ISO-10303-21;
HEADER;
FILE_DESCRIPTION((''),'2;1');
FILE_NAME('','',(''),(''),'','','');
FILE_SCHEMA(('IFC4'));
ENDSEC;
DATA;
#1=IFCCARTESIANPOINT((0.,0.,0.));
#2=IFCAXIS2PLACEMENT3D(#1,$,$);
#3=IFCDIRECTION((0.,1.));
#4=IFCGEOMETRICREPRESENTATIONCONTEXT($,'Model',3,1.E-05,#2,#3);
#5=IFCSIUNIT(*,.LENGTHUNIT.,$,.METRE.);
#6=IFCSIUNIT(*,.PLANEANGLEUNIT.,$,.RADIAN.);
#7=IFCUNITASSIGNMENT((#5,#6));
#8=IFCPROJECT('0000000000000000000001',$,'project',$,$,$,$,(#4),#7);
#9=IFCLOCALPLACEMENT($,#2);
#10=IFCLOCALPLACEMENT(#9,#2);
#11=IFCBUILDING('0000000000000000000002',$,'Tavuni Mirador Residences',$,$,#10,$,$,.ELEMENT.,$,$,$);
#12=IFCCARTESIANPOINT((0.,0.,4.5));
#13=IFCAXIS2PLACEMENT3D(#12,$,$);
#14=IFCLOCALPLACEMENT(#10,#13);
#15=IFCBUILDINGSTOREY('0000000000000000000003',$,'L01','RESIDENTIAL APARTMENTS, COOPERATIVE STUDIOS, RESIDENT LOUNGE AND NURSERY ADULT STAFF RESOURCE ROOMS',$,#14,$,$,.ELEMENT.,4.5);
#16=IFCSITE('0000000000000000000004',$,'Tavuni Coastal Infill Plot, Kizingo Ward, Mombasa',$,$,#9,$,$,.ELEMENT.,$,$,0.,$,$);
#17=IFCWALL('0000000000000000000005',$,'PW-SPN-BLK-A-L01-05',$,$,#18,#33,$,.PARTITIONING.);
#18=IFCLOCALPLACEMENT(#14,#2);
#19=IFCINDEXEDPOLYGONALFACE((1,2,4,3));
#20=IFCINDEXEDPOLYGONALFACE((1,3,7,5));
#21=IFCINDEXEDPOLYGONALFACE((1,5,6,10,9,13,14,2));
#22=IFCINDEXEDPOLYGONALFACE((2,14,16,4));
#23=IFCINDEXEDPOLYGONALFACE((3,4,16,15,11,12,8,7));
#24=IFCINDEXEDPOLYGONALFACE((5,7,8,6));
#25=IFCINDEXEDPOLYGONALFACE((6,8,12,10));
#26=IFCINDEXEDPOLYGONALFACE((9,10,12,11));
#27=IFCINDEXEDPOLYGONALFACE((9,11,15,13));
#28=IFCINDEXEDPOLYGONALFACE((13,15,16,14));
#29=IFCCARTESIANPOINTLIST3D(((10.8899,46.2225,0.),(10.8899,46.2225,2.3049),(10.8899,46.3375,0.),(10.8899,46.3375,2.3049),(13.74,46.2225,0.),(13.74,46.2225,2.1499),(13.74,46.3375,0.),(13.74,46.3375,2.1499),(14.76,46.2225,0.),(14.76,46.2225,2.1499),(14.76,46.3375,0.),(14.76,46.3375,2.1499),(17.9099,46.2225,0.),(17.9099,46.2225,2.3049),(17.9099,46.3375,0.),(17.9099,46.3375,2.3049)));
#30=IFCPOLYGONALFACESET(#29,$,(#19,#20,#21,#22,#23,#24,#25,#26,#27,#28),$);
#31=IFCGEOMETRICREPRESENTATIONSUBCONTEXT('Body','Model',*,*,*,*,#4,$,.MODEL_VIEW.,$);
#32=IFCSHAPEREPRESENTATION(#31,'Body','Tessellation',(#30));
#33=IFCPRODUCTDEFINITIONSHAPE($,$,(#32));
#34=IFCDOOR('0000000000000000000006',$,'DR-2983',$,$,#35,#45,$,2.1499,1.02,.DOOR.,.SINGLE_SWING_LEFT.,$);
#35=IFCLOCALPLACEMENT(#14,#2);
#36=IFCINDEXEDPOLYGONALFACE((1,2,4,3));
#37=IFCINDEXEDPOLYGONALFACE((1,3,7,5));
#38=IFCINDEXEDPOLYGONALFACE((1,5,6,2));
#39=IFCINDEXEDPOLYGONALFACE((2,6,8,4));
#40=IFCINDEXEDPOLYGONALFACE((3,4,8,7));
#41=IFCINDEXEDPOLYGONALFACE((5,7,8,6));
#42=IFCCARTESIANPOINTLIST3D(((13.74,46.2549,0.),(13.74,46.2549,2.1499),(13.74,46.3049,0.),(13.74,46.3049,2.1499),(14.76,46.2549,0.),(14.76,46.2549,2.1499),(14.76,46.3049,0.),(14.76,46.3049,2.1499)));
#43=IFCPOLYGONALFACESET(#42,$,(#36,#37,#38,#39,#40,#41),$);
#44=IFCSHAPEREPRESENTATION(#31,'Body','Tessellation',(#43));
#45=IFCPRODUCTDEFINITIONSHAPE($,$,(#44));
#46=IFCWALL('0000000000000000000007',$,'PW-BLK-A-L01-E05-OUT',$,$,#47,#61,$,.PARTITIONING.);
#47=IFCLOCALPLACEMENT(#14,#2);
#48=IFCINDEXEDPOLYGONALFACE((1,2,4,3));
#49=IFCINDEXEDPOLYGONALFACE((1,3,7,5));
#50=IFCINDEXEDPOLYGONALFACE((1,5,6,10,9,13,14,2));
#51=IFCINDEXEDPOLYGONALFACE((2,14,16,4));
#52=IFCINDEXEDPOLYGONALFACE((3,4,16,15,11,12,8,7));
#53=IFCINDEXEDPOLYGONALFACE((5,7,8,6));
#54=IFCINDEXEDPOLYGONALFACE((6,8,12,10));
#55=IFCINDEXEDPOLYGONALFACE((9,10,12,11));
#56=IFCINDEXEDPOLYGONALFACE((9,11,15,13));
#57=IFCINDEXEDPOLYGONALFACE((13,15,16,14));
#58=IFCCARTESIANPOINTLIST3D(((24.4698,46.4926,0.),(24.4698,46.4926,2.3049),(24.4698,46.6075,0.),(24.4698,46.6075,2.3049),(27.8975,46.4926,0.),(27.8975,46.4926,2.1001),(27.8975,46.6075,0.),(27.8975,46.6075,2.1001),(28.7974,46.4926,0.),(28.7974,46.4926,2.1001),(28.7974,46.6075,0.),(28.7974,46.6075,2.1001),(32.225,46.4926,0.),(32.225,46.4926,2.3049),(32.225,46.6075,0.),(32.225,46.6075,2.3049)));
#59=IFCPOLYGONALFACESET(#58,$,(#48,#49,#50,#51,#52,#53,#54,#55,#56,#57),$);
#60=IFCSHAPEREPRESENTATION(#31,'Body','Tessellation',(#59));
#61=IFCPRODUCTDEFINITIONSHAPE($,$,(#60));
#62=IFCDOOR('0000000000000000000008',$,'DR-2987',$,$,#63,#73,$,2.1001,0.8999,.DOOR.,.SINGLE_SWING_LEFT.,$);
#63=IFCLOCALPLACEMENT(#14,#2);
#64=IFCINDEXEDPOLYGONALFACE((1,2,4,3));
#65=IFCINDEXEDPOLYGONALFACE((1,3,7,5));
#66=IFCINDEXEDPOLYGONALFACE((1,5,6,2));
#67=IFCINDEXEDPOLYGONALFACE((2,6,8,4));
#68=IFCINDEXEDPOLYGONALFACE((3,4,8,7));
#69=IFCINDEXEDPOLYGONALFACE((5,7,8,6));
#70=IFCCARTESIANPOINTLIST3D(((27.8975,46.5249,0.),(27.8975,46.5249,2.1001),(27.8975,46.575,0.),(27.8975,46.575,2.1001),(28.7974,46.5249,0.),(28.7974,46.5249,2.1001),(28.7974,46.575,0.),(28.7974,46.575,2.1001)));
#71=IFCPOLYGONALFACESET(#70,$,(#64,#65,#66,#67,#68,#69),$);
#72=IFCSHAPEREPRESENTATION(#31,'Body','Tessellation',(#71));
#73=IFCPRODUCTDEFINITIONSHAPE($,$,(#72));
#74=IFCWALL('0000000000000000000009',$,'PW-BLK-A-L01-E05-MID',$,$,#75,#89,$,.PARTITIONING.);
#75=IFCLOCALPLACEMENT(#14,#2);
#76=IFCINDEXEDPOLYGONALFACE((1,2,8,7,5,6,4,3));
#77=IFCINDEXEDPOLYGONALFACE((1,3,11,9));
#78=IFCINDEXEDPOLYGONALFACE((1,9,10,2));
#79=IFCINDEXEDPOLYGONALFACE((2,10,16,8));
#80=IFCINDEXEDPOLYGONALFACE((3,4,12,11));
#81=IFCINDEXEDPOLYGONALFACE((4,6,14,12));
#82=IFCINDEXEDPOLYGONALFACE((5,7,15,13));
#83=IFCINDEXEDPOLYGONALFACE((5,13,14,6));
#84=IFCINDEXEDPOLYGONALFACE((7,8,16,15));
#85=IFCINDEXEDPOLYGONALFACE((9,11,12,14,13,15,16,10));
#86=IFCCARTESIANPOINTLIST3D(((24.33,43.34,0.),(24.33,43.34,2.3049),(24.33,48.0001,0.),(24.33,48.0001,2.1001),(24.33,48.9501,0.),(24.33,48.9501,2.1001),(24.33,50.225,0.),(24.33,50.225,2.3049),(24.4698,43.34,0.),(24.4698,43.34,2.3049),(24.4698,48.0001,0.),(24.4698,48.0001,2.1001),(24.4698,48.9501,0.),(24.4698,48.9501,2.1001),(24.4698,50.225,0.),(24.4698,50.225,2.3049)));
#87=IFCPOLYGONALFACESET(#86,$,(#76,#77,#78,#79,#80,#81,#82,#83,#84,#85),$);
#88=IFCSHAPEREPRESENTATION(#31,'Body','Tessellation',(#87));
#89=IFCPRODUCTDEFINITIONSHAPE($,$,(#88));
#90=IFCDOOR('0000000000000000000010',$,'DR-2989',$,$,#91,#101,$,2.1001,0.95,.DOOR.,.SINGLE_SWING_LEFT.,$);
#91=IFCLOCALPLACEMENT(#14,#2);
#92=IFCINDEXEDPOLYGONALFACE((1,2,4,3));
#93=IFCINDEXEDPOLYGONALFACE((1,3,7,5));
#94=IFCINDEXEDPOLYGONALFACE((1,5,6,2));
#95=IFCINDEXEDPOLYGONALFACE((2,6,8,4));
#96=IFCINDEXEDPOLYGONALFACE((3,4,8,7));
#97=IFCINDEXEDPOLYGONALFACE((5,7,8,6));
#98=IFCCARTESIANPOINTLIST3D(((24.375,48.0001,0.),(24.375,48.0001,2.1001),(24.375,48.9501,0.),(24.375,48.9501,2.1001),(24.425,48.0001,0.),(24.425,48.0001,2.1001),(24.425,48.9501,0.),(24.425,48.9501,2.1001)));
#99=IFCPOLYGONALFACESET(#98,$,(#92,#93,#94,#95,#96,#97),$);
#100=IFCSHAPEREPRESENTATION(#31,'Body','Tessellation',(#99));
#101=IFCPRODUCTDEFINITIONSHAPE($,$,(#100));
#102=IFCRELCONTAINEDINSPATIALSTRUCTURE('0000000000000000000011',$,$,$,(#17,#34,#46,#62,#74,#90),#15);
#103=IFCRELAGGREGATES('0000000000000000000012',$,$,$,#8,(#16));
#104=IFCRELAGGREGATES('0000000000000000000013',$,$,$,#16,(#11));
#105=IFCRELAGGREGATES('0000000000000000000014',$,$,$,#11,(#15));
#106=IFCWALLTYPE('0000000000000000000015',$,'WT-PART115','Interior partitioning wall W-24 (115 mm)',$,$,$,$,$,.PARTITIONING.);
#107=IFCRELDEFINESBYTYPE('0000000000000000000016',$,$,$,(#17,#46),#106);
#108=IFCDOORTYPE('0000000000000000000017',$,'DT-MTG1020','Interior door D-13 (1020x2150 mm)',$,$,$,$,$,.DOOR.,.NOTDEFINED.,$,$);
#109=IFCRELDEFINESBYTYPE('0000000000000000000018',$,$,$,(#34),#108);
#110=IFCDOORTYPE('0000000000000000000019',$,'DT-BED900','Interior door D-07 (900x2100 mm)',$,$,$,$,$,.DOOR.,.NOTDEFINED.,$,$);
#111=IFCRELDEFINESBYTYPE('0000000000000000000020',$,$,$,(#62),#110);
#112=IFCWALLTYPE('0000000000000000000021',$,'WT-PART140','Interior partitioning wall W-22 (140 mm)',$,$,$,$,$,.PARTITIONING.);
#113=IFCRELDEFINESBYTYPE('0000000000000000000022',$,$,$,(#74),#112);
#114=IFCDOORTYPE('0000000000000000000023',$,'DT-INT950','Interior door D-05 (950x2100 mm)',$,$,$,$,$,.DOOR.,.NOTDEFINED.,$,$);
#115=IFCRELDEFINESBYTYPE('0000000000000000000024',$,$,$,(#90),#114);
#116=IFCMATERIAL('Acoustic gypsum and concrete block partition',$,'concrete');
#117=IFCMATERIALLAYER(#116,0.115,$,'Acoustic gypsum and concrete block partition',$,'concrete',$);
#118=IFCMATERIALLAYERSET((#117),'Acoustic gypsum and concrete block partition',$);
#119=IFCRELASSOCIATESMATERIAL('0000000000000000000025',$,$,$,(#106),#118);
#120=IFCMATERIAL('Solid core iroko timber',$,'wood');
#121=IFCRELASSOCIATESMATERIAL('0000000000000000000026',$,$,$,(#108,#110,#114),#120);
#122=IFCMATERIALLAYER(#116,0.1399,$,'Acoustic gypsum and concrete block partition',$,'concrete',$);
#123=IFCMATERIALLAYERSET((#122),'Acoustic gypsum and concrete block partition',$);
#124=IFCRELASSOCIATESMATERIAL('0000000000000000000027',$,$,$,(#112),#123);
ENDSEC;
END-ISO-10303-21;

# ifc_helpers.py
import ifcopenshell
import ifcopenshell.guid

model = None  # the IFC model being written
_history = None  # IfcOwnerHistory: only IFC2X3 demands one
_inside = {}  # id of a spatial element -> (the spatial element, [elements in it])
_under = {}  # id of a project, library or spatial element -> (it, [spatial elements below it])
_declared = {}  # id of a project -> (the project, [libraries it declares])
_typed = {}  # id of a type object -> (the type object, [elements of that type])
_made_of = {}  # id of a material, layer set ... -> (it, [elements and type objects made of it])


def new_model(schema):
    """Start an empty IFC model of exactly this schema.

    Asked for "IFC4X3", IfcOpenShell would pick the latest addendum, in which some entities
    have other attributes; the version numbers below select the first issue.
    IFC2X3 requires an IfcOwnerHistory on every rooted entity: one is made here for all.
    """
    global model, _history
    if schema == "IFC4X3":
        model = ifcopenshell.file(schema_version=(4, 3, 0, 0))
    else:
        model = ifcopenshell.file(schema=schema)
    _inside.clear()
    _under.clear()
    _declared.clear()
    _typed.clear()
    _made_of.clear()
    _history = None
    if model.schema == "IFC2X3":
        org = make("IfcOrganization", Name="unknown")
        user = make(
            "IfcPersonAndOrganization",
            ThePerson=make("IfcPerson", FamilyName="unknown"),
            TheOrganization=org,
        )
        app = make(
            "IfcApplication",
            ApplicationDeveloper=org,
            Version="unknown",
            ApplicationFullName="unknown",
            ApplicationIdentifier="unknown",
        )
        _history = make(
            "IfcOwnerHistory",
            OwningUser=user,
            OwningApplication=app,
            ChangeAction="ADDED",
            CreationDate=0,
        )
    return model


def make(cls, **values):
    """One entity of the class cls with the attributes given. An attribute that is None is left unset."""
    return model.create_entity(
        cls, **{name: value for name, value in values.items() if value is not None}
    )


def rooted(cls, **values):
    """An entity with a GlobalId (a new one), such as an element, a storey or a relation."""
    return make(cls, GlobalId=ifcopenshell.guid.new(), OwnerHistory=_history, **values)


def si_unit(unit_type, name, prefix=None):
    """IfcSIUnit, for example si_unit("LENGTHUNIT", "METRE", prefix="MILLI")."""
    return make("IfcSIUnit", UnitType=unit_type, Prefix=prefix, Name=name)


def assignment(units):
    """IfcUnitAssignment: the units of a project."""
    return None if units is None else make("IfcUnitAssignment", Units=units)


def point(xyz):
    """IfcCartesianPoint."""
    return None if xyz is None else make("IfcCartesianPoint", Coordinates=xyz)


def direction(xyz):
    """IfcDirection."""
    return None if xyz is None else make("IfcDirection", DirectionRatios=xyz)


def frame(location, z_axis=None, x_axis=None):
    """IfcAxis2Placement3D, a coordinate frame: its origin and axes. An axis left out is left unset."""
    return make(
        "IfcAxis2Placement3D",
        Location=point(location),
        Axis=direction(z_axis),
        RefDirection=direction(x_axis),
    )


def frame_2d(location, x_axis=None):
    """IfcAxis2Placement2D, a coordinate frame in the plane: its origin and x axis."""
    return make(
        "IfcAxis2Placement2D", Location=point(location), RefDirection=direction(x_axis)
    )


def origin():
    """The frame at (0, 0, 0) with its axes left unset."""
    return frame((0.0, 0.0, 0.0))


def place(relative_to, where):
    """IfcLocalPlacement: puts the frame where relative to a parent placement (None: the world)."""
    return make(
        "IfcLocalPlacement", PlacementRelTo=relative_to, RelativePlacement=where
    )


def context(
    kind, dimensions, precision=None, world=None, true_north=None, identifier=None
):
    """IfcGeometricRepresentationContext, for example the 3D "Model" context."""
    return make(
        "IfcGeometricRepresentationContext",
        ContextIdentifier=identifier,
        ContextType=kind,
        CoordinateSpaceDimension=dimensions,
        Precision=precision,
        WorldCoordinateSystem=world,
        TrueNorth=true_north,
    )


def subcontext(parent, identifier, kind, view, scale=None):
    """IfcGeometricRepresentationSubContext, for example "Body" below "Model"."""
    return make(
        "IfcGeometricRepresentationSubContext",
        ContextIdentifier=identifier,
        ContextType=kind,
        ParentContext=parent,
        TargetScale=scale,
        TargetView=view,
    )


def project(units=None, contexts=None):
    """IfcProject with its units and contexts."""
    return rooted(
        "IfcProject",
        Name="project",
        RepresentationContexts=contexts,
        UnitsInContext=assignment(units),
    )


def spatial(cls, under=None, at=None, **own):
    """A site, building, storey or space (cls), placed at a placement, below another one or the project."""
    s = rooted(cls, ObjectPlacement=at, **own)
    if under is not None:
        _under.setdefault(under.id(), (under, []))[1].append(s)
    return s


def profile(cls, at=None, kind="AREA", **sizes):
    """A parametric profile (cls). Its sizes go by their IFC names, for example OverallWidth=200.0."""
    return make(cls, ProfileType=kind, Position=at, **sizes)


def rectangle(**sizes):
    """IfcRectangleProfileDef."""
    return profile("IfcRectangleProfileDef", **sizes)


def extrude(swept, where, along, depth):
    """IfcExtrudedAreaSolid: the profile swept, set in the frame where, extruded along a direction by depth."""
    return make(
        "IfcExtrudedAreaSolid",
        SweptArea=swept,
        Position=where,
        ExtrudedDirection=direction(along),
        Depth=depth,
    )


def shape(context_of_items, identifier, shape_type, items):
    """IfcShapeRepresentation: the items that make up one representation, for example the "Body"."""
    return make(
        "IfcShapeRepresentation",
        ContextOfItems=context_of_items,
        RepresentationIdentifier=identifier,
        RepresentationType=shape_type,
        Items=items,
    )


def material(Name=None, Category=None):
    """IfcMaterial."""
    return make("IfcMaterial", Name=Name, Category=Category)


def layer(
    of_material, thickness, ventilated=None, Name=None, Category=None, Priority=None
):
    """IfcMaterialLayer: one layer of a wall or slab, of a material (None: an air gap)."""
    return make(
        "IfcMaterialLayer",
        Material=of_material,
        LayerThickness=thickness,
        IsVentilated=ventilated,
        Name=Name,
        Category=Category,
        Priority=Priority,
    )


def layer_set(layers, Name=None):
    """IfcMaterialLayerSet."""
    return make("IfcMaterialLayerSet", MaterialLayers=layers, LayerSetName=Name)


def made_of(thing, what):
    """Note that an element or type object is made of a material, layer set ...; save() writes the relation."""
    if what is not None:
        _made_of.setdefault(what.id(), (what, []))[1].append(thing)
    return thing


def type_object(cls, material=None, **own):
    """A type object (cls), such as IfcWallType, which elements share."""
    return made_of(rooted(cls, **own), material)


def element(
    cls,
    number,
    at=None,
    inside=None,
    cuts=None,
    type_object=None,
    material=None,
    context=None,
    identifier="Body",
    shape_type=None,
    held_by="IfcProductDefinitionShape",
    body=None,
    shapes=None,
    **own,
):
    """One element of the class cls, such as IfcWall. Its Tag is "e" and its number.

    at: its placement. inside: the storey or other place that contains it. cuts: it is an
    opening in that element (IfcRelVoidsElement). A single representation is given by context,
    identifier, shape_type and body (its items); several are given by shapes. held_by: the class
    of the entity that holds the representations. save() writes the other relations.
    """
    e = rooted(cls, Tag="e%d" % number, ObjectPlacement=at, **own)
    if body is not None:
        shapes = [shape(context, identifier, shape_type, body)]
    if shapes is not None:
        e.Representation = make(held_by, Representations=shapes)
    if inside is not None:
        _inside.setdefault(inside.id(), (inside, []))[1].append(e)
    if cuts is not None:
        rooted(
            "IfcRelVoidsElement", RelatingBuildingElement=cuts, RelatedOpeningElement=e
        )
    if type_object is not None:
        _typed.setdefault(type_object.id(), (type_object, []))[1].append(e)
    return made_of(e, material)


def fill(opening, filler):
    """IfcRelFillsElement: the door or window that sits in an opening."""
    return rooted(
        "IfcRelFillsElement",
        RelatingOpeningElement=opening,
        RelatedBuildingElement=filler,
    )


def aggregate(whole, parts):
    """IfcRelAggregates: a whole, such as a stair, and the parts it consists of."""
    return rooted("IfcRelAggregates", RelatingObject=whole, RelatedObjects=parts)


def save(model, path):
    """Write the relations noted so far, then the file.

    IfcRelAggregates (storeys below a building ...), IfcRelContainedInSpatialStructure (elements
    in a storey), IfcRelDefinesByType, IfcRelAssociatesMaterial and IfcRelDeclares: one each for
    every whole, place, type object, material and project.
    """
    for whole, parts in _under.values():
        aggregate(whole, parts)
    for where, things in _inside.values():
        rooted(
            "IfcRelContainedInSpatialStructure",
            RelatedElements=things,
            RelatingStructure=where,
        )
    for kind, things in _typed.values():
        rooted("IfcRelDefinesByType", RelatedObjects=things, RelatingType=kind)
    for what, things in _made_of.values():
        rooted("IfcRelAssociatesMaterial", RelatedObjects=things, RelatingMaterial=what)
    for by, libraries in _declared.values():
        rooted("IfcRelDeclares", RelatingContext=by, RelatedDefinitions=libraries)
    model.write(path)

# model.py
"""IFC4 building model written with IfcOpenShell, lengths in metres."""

from ifc_helpers import new_model, si_unit, direction, frame, frame_2d, origin, place, context, subcontext, project, spatial, rectangle, extrude, material, layer, layer_set, type_object, element, fill, save


model = new_model("IFC4")

# Units and contexts
model_context = context("Model", 3, precision=1e-05, world=origin(), true_north=direction((0.0, 1.0)))
body_context = subcontext(model_context, "Body", "Model", "MODEL_VIEW")
ifc_project = project(units=[si_unit("LENGTHUNIT", "METRE"), si_unit("PLANEANGLEUNIT", "RADIAN")], contexts=[model_context])

# Site, building, storey
site_placement = place(None, origin())
site = spatial("IfcSite", under=ifc_project, at=site_placement, Name="Tavuni Coastal Infill Plot, Kizingo Ward, Mombasa", CompositionType="ELEMENT", RefElevation=0.0)
building_placement = place(site_placement, origin())
building = spatial("IfcBuilding", under=site, at=building_placement, Name="Tavuni Mirador Residences", CompositionType="ELEMENT")
storey_placement = place(building_placement, frame((0.0, 0.0, 4.5)))
storey = spatial("IfcBuildingStorey", under=building, at=storey_placement, Name="L01", Description="RESIDENTIAL APARTMENTS, COOPERATIVE STUDIOS, RESIDENT LOUNGE AND NURSERY ADULT STAFF RESOURCE ROOMS", CompositionType="ELEMENT", Elevation=4.5)

# Shared definitions
ifc_material_1 = material(Name="Solid core iroko timber", Category="wood")

# Walls, openings, doors
ifc_material_2 = material(Name="Acoustic gypsum and concrete block partition", Category="concrete")
ifc_layer_1 = layer(ifc_material_2, 0.115, Name="Acoustic gypsum and concrete block partition", Category="concrete")
ifc_layer_set_1 = layer_set([ifc_layer_1], Name="Acoustic gypsum and concrete block partition")
wall_type_1 = type_object("IfcWallType", Name="WT-PART115", Description="Interior partitioning wall W-24 (115 mm)", PredefinedType="PARTITIONING", material=ifc_layer_set_1)
wall_1_placement = place(storey_placement, frame((10.8899, 46.28, 0.0), z_axis=(0.0, 0.0, 1.0), x_axis=(1.0, 0.0, 0.0)))
wall_1 = element("IfcWall", 1, at=wall_1_placement, inside=storey, type_object=wall_type_1, Name="PW-SPN-BLK-A-L01-05", PredefinedType="PARTITIONING", context=body_context, shape_type="SweptSolid", body=[
    extrude(rectangle(XDim=7.02, YDim=0.115, at=frame_2d((3.51, 0.0))), origin(), (0.0, 0.0, 1.0), 2.3049),
])
opening_1_placement = place(wall_1_placement, frame((2.8501, 0.0, 0.0)))
opening_1 = element("IfcOpeningElement", 2, at=opening_1_placement, cuts=wall_1, PredefinedType="OPENING", context=body_context, shape_type="SweptSolid", body=[
    extrude(rectangle(XDim=1.02, YDim=2.1499, at=frame_2d((0.51, 1.075))), frame((0.0, 0.0674, 0.0), z_axis=(0.0, -1.0, 0.0), x_axis=(1.0, 0.0, 0.0)), (0.0, 0.0, 1.0), 0.135),
])
door_type_1 = type_object("IfcDoorType", Name="DT-MTG1020", Description="Interior door D-13 (1020x2150 mm)", OperationType="NOTDEFINED", PredefinedType="DOOR", material=ifc_material_1)
door_1_placement = place(opening_1_placement, origin())
door_1 = element("IfcDoor", 3, at=door_1_placement, inside=storey, type_object=door_type_1, Name="DR-2983", OperationType="SINGLE_SWING_LEFT", OverallHeight=2.1499, OverallWidth=1.02, PredefinedType="DOOR", context=body_context, shape_type="SweptSolid", body=[
    extrude(rectangle(XDim=1.02, YDim=2.1499, at=frame_2d((0.51, 1.075))), frame((0.0, 0.0249, 0.0), z_axis=(0.0, -1.0, 0.0), x_axis=(1.0, 0.0, 0.0)), (0.0, 0.0, 1.0), 0.05),
])
fill(opening_1, door_1)
wall_2_placement = place(storey_placement, frame((24.47, 46.55, 0.0), z_axis=(0.0, 0.0, 1.0), x_axis=(1.0, 0.0, 0.0)))
wall_2 = element("IfcWall", 4, at=wall_2_placement, inside=storey, type_object=wall_type_1, Name="PW-BLK-A-L01-E05-OUT", PredefinedType="PARTITIONING", context=body_context, shape_type="SweptSolid", body=[
    extrude(rectangle(XDim=7.7551, YDim=0.115, at=frame_2d((3.8774, 0.0))), origin(), (0.0, 0.0, 1.0), 2.3049),
])
opening_2_placement = place(wall_2_placement, frame((3.4275, 0.0, 0.0)))
opening_2 = element("IfcOpeningElement", 5, at=opening_2_placement, cuts=wall_2, PredefinedType="OPENING", context=body_context, shape_type="SweptSolid", body=[
    extrude(rectangle(XDim=0.8999, YDim=2.1001, at=frame_2d((0.45, 1.05))), frame((0.0, 0.0674, 0.0), z_axis=(0.0, -1.0, 0.0), x_axis=(1.0, 0.0, 0.0)), (0.0, 0.0, 1.0), 0.135),
])
door_type_2 = type_object("IfcDoorType", Name="DT-BED900", Description="Interior door D-07 (900x2100 mm)", OperationType="NOTDEFINED", PredefinedType="DOOR", material=ifc_material_1)
door_2_placement = place(opening_2_placement, origin())
door_2 = element("IfcDoor", 6, at=door_2_placement, inside=storey, type_object=door_type_2, Name="DR-2987", OperationType="SINGLE_SWING_LEFT", OverallHeight=2.1001, OverallWidth=0.8999, PredefinedType="DOOR", context=body_context, shape_type="SweptSolid", body=[
    extrude(rectangle(XDim=0.8999, YDim=2.1001, at=frame_2d((0.45, 1.05))), frame((0.0, 0.0249, 0.0), z_axis=(0.0, -1.0, 0.0), x_axis=(1.0, 0.0, 0.0)), (0.0, 0.0, 1.0), 0.05),
])
fill(opening_2, door_2)
ifc_layer_2 = layer(ifc_material_2, 0.1399, Name="Acoustic gypsum and concrete block partition", Category="concrete")
ifc_layer_set_2 = layer_set([ifc_layer_2], Name="Acoustic gypsum and concrete block partition")
wall_type_2 = type_object("IfcWallType", Name="WT-PART140", Description="Interior partitioning wall W-22 (140 mm)", PredefinedType="PARTITIONING", material=ifc_layer_set_2)
wall_3_placement = place(storey_placement, frame((24.3999, 43.3401, 0.0), z_axis=(0.0, 0.0, 1.0), x_axis=(0.0, 1.0, 0.0)))
wall_3 = element("IfcWall", 7, at=wall_3_placement, inside=storey, type_object=wall_type_2, Name="PW-BLK-A-L01-E05-MID", PredefinedType="PARTITIONING", context=body_context, shape_type="SweptSolid", body=[
    extrude(rectangle(XDim=6.885, YDim=0.1399, at=frame_2d((3.4424, 0.0))), origin(), (0.0, 0.0, 1.0), 2.3049),
])
opening_3_placement = place(wall_3_placement, frame((4.6599, 0.0, 0.0)))
opening_3 = element("IfcOpeningElement", 8, at=opening_3_placement, cuts=wall_3, PredefinedType="OPENING", context=body_context, shape_type="SweptSolid", body=[
    extrude(rectangle(XDim=0.95, YDim=2.1001, at=frame_2d((0.4751, 1.05))), frame((0.0, 0.0801, 0.0), z_axis=(0.0, -1.0, 0.0), x_axis=(1.0, 0.0, 0.0)), (0.0, 0.0, 1.0), 0.1599),
])
door_type_3 = type_object("IfcDoorType", Name="DT-INT950", Description="Interior door D-05 (950x2100 mm)", OperationType="NOTDEFINED", PredefinedType="DOOR", material=ifc_material_1)
door_3_placement = place(opening_3_placement, origin())
door_3 = element("IfcDoor", 9, at=door_3_placement, inside=storey, type_object=door_type_3, Name="DR-2989", OperationType="SINGLE_SWING_LEFT", OverallHeight=2.1001, OverallWidth=0.95, PredefinedType="DOOR", context=body_context, shape_type="SweptSolid", body=[
    extrude(rectangle(XDim=0.95, YDim=2.1001, at=frame_2d((0.4751, 1.05))), frame((0.0, 0.0249, 0.0), z_axis=(0.0, -1.0, 0.0), x_axis=(1.0, 0.0, 0.0)), (0.0, 0.0, 1.0), 0.05),
])
fill(opening_3, door_3)

save(model, "model.ifc")
